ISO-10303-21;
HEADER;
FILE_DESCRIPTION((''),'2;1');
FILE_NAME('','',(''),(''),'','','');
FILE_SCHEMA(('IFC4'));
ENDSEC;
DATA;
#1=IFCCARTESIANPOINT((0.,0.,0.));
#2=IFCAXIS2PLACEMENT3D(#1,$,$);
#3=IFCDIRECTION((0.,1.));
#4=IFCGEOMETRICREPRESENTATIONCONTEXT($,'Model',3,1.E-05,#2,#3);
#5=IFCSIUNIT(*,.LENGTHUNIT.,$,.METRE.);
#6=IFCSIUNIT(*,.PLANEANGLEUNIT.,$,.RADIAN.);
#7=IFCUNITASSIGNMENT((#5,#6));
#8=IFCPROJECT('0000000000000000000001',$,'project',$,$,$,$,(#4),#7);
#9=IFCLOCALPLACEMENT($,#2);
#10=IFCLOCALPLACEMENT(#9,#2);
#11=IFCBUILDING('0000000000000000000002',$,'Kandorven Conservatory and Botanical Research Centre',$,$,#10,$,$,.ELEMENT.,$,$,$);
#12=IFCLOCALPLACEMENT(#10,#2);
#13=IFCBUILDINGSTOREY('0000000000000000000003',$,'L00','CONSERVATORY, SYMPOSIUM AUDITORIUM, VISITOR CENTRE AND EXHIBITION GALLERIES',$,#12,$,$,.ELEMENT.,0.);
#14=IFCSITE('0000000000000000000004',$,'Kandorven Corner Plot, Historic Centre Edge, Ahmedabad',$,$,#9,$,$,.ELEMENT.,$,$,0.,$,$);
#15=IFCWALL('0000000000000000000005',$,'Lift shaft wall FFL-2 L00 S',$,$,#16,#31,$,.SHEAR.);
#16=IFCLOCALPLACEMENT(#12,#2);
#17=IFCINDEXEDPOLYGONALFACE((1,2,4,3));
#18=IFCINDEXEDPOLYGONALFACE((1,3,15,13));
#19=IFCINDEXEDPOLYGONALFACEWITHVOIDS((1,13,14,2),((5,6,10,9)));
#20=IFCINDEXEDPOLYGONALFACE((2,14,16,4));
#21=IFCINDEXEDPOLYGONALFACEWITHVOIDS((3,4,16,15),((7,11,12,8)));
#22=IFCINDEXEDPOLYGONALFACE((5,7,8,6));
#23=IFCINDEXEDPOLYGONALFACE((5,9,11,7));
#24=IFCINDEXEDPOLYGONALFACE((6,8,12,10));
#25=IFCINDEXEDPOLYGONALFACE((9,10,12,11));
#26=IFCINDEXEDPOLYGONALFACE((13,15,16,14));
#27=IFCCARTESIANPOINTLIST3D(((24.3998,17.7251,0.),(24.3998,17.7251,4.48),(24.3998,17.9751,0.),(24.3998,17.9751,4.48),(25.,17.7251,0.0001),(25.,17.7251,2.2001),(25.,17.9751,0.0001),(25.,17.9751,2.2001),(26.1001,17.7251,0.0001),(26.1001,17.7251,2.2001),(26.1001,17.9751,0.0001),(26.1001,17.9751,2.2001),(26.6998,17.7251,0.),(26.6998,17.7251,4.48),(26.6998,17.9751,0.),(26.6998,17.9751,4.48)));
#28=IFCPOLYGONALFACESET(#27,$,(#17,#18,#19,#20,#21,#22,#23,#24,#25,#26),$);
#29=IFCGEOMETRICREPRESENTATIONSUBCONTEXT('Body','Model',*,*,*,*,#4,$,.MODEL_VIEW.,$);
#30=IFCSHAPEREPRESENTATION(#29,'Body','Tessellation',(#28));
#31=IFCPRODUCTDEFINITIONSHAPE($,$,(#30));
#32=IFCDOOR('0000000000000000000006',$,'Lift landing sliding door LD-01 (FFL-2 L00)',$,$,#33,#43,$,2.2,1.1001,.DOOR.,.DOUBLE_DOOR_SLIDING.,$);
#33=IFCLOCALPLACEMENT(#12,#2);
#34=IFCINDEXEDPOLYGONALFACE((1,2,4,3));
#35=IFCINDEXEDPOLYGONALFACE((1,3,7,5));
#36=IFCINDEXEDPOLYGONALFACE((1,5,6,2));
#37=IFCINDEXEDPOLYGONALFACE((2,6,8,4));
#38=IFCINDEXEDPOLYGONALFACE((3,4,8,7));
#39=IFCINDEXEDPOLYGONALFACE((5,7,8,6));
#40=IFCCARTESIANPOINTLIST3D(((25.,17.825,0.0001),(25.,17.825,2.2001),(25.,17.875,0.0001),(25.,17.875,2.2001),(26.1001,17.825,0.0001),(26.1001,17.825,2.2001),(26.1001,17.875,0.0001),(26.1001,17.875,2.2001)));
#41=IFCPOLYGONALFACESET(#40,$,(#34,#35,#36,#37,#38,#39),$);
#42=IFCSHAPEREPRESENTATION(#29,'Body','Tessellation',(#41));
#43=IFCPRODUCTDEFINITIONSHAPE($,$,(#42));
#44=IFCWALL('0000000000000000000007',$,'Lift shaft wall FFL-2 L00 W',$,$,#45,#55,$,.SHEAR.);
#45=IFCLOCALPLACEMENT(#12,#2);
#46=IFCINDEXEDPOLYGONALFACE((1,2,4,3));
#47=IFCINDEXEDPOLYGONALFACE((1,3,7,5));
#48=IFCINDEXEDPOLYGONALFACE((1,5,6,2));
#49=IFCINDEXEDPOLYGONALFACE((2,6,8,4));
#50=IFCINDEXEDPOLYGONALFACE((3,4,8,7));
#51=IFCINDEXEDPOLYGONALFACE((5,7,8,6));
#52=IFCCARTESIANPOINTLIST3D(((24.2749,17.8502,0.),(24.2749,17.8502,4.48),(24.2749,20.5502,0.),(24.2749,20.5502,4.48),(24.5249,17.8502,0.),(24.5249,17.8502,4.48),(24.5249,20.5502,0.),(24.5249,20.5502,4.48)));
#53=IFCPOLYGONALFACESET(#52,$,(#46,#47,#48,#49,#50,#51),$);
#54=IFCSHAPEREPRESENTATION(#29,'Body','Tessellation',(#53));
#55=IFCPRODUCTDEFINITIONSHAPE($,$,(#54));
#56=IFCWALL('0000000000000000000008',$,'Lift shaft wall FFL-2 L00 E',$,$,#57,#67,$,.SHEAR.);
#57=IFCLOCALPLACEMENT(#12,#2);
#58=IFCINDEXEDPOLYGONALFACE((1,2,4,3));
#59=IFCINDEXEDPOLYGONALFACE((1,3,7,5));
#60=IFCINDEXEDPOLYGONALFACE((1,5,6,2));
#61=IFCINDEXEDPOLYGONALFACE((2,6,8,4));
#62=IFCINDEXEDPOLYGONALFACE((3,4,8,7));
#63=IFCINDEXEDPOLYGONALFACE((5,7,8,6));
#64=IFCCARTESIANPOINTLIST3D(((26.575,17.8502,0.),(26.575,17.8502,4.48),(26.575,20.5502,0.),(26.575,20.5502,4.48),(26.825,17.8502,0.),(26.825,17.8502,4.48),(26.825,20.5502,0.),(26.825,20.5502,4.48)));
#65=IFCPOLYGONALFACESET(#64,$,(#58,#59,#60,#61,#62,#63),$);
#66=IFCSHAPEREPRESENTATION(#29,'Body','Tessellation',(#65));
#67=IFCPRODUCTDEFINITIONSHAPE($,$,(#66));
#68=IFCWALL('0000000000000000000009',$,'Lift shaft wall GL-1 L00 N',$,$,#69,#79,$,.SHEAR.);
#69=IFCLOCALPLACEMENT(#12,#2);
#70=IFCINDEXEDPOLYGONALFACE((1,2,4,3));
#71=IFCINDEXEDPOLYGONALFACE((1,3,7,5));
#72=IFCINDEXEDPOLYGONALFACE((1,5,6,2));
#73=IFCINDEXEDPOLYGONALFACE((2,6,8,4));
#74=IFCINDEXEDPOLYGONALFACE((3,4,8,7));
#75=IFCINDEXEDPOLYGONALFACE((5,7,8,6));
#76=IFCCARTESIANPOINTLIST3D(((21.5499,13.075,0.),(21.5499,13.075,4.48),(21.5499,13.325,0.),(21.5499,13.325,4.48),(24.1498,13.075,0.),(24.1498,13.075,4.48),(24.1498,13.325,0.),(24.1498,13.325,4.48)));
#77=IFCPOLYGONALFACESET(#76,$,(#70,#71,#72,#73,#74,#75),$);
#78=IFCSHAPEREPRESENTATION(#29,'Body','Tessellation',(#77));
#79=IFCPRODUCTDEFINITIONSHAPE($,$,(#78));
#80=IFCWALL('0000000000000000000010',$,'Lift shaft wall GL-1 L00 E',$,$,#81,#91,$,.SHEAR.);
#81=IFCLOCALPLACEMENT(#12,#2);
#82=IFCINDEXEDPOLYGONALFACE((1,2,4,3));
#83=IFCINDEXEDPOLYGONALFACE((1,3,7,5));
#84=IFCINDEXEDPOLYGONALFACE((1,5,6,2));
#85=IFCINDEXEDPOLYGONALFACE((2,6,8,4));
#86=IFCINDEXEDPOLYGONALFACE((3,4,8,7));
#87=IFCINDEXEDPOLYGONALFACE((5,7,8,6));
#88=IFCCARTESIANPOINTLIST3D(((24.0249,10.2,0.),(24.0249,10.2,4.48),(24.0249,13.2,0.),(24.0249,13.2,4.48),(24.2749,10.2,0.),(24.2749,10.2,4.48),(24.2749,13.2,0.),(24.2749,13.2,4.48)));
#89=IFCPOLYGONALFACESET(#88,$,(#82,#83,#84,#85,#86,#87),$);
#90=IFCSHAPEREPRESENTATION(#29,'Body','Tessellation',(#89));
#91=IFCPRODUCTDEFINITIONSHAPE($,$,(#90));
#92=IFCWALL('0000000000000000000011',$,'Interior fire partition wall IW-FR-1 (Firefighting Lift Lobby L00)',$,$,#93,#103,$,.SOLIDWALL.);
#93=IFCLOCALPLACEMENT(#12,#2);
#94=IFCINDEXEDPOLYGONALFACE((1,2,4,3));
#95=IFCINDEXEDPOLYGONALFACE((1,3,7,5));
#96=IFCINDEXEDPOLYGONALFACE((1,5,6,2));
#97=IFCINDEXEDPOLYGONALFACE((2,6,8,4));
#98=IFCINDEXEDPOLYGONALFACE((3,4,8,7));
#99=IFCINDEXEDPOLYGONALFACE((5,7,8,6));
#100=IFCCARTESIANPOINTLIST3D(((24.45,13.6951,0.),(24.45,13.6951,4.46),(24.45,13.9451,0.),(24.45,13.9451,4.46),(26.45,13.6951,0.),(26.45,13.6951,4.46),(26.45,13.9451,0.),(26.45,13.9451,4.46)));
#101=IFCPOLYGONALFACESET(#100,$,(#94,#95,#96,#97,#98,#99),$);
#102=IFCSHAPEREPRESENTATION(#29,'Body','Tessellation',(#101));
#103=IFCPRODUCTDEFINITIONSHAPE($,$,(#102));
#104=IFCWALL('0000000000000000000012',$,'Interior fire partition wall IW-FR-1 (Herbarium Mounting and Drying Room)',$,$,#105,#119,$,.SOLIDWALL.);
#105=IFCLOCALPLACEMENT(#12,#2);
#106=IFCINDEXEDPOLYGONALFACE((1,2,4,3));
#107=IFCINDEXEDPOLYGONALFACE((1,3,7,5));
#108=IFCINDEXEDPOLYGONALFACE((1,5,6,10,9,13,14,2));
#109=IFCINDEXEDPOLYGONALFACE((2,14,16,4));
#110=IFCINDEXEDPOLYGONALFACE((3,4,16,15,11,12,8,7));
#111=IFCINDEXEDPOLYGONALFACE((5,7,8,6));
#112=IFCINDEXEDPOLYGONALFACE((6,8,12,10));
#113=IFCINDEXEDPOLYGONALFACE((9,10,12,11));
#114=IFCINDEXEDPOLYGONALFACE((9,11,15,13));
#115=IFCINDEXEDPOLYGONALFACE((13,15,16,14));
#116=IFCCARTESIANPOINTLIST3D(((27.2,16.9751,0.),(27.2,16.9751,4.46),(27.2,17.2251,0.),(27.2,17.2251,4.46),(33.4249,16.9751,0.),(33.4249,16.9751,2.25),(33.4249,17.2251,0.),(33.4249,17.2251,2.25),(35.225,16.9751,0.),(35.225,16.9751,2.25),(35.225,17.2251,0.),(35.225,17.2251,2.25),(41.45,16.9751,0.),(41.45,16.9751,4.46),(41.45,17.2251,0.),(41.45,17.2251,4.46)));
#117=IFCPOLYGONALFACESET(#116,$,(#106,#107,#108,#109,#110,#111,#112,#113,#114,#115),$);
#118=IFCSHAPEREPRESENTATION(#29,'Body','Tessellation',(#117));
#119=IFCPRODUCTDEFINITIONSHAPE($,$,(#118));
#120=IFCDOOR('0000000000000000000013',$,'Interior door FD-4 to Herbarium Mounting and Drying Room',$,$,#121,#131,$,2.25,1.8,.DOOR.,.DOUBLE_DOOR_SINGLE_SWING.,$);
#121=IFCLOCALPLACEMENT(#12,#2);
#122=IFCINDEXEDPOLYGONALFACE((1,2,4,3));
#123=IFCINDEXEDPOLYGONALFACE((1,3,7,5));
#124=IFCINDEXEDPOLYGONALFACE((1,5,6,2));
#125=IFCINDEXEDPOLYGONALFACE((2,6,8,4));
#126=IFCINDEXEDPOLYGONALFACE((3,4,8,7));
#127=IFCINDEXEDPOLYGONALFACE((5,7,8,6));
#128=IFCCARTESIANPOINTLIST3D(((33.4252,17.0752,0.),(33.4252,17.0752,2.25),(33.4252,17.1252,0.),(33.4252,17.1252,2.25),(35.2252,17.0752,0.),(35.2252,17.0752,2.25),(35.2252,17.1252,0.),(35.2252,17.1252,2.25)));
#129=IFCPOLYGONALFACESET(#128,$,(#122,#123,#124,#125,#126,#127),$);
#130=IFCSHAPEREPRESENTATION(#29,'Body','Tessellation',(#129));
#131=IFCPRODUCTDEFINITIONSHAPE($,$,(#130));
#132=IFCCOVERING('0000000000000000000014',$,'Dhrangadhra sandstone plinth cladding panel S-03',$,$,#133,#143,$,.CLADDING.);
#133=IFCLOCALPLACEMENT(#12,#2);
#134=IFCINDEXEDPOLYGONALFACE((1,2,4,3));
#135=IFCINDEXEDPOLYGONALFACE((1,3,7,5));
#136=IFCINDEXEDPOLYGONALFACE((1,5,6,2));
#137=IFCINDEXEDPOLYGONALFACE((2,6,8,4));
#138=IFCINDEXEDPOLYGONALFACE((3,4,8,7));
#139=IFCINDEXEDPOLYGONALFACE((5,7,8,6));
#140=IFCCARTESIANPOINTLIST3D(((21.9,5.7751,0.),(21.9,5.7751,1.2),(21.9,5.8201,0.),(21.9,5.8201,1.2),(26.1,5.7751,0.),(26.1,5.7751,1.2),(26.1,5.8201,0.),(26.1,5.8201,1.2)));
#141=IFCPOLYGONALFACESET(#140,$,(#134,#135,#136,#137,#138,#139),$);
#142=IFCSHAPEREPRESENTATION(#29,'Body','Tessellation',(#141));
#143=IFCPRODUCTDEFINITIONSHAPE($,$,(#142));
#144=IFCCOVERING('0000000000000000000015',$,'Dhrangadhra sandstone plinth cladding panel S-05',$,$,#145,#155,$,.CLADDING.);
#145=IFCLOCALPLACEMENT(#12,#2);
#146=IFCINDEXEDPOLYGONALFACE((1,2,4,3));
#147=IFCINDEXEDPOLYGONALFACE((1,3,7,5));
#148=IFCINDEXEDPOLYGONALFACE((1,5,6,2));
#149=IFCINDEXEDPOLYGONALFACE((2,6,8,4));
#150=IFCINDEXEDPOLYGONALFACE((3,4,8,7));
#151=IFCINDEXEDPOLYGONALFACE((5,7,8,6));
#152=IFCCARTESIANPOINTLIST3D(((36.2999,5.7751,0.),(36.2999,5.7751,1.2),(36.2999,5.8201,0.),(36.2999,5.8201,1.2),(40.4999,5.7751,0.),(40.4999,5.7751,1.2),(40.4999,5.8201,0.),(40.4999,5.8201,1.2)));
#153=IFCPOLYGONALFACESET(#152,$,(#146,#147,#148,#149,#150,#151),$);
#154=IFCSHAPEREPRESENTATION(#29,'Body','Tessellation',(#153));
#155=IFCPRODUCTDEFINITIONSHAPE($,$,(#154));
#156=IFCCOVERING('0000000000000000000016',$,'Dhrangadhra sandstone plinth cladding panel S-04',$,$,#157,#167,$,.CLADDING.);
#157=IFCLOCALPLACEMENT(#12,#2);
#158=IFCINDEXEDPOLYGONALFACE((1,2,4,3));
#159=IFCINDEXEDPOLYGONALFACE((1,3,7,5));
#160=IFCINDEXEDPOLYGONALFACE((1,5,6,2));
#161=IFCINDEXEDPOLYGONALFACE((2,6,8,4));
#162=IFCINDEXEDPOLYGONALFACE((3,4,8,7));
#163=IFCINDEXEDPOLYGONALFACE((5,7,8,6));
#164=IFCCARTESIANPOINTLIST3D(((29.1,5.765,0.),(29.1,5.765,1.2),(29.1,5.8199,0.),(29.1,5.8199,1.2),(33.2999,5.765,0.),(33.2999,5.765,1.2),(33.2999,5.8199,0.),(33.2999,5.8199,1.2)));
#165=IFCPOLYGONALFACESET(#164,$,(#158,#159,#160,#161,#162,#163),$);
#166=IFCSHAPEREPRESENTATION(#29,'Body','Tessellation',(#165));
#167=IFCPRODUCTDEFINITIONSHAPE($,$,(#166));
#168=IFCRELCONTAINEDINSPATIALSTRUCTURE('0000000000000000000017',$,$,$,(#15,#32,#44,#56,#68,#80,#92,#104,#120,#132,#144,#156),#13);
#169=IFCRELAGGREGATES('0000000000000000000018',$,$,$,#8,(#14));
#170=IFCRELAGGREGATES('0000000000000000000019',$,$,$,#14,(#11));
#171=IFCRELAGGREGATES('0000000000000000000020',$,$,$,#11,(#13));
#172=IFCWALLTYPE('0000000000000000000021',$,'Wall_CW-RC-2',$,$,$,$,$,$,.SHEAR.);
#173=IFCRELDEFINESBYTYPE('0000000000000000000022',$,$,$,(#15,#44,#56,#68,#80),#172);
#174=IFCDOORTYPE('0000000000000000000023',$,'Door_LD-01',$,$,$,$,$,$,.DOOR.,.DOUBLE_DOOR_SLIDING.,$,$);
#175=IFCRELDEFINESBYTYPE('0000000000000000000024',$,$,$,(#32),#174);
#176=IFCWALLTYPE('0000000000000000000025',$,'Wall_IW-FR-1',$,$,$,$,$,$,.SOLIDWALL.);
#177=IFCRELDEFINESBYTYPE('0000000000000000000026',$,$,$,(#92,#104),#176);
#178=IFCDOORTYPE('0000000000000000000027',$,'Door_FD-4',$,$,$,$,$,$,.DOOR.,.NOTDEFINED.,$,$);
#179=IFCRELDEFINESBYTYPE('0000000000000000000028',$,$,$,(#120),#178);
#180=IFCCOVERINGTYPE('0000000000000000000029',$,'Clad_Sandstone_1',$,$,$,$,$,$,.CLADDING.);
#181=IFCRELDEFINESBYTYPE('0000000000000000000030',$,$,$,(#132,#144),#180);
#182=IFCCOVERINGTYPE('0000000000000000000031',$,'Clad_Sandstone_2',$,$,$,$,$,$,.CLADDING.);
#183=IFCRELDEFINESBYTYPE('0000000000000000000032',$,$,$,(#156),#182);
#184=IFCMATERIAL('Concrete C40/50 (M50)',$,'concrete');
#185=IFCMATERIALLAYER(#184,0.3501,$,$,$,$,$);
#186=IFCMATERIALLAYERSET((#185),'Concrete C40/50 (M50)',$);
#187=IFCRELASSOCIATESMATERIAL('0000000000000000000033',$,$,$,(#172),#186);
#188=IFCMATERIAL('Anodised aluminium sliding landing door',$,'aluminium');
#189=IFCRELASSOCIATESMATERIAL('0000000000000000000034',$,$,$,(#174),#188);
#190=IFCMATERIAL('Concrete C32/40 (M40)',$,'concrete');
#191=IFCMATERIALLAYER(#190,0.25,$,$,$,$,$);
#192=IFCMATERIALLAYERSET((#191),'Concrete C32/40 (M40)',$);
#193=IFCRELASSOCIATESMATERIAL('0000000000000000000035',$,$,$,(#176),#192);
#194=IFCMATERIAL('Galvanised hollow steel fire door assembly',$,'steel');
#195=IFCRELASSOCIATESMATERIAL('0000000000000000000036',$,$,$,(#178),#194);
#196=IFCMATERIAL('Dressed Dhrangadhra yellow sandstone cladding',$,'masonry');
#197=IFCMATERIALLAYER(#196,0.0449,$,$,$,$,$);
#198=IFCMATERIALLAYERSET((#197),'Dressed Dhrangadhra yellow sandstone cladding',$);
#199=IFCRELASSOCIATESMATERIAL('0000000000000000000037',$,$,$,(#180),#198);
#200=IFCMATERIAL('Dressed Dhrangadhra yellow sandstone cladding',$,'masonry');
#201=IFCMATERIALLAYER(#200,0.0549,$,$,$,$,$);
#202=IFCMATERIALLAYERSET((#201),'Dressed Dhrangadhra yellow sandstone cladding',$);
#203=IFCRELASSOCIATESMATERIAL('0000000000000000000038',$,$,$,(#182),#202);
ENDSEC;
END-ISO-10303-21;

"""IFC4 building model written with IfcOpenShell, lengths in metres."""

from ifc_helpers import new_model, si_unit, direction, frame, frame_2d, origin, origin_2d, place, context, subcontext, project, spatial, rectangle, extrude, material, layer, layer_set, type_object, element, fill, save


model = new_model("IFC4")

# Units and contexts
model_context = context("Model", 3, precision=1e-05, world=origin(), true_north=direction((0.0, 1.0)))
body_context = subcontext(model_context, "Body", "Model", "MODEL_VIEW")
ifc_project = project(units=[si_unit("LENGTHUNIT", "METRE"), si_unit("PLANEANGLEUNIT", "RADIAN")], contexts=[model_context])

# Site, building, storey
site_placement = place(None, origin())
site = spatial("IfcSite", under=ifc_project, at=site_placement, Name="Kandorven Corner Plot, Historic Centre Edge, Ahmedabad", CompositionType="ELEMENT", RefElevation=0.0)
building_placement = place(site_placement, origin())
building = spatial("IfcBuilding", under=site, at=building_placement, Name="Kandorven Conservatory and Botanical Research Centre", CompositionType="ELEMENT")
storey_placement = place(building_placement, origin())
storey = spatial("IfcBuildingStorey", under=building, at=storey_placement, Name="L00", Description="CONSERVATORY, SYMPOSIUM AUDITORIUM, VISITOR CENTRE AND EXHIBITION GALLERIES", CompositionType="ELEMENT", Elevation=0.0)

# Shared definitions
ifc_material_1 = material(Name="Concrete C40/50 (M50)", Category="concrete")
ifc_layer_1 = layer(ifc_material_1, 0.3501)
ifc_layer_set_1 = layer_set([ifc_layer_1], Name="Concrete C40/50 (M50)")
wall_type_1 = type_object("IfcWallType", Name="Wall_CW-RC-2", PredefinedType="SHEAR", material=ifc_layer_set_1)

# Shared definitions
ifc_material_2 = material(Name="Anodised aluminium sliding landing door", Category="aluminium")
door_type_1 = type_object("IfcDoorType", Name="Door_LD-01", OperationType="DOUBLE_DOOR_SLIDING", PredefinedType="DOOR", material=ifc_material_2)

# Wall, opening, door
wall_1_placement = place(storey_placement, frame((24.3999, 17.8501, 0.0), z_axis=(0.0, 0.0, 1.0), x_axis=(1.0, 0.0, 0.0)))
wall_1 = element("IfcWall", 1, at=wall_1_placement, inside=storey, type_object=wall_type_1, Name="Lift shaft wall FFL-2 L00 S", PredefinedType="SHEAR", context=body_context, shape_type="SweptSolid", body=[
    extrude(rectangle(XDim=2.3, YDim=0.25, at=frame_2d((1.1499, 0.0))), origin(), (0.0, 0.0, 1.0), 4.48),
])
opening_1_placement = place(wall_1_placement, frame((0.6001, 0.0, 0.0)))
opening_1 = element("IfcOpeningElement", 2, at=opening_1_placement, cuts=wall_1, PredefinedType="OPENING", context=body_context, shape_type="SweptSolid", body=[
    extrude(rectangle(XDim=1.1001, YDim=2.2, at=frame_2d((0.55, 1.1001))), frame((0.0, 0.135, 0.0), z_axis=(0.0, -1.0, 0.0), x_axis=(1.0, 0.0, 0.0)), (0.0, 0.0, 1.0), 0.27),
])
door_1_placement = place(opening_1_placement, origin())
door_1 = element("IfcDoor", 3, at=door_1_placement, inside=storey, type_object=door_type_1, Name="Lift landing sliding door LD-01 (FFL-2 L00)", OperationType="DOUBLE_DOOR_SLIDING", OverallHeight=2.2, OverallWidth=1.1001, PredefinedType="DOOR", context=body_context, shape_type="SweptSolid", body=[
    extrude(rectangle(XDim=1.1001, YDim=2.2, at=frame_2d((0.55, 1.1001))), frame((0.0, 0.0249, 0.0), z_axis=(0.0, -1.0, 0.0), x_axis=(1.0, 0.0, 0.0)), (0.0, 0.0, 1.0), 0.05),
])
fill(opening_1, door_1)

# Walls
for number, where, z_axis, x_axis, name in (
    (4, (24.3999, 17.8501, 0.0), (0.0, 0.0, 1.0), (0.0, 1.0, 0.0), "Lift shaft wall FFL-2 L00 W"),
    (5, (26.7, 17.8501, 0.0), (0.0, 0.0, 1.0), (0.0, 1.0, 0.0), "Lift shaft wall FFL-2 L00 E"),
):
    element("IfcWall", number, at=place(storey_placement, frame(where, z_axis=z_axis, x_axis=x_axis)), inside=storey, type_object=wall_type_1, Name=name, PredefinedType="SHEAR", context=body_context, shape_type="SweptSolid", body=[
        extrude(rectangle(XDim=2.7, YDim=0.25, at=frame_2d((1.3501, 0.0))), origin(), (0.0, 0.0, 1.0), 4.48),
    ])
wall_2_placement = place(storey_placement, frame((21.55, 13.2, 0.0), z_axis=(0.0, 0.0, 1.0), x_axis=(1.0, 0.0, 0.0)))
element("IfcWall", 6, at=wall_2_placement, inside=storey, type_object=wall_type_1, Name="Lift shaft wall GL-1 L00 N", PredefinedType="SHEAR", context=body_context, shape_type="SweptSolid", body=[
    extrude(rectangle(XDim=2.5999, YDim=0.25, at=frame_2d((1.2998, 0.0))), origin(), (0.0, 0.0, 1.0), 4.48),
])
wall_3_placement = place(storey_placement, frame((24.1499, 10.2, 0.0), z_axis=(0.0, 0.0, 1.0), x_axis=(0.0, 1.0, 0.0)))
element("IfcWall", 7, at=wall_3_placement, inside=storey, type_object=wall_type_1, Name="Lift shaft wall GL-1 L00 E", PredefinedType="SHEAR", context=body_context, shape_type="SweptSolid", body=[
    extrude(rectangle(XDim=3.0, YDim=0.25, at=frame_2d((1.5, 0.0))), origin(), (0.0, 0.0, 1.0), 4.48),
])

# Wall
ifc_material_3 = material(Name="Concrete C32/40 (M40)", Category="concrete")
ifc_layer_2 = layer(ifc_material_3, 0.25)
ifc_layer_set_2 = layer_set([ifc_layer_2], Name="Concrete C32/40 (M40)")
wall_type_2 = type_object("IfcWallType", Name="Wall_IW-FR-1", PredefinedType="SOLIDWALL", material=ifc_layer_set_2)
wall_4_placement = place(storey_placement, frame((24.45, 13.8201, 0.0), z_axis=(0.0, 0.0, 1.0), x_axis=(1.0, 0.0, 0.0)))
element("IfcWall", 8, at=wall_4_placement, inside=storey, type_object=wall_type_2, Name="Interior fire partition wall IW-FR-1 (Firefighting Lift Lobby L00)", PredefinedType="SOLIDWALL", context=body_context, shape_type="SweptSolid", body=[
    extrude(rectangle(XDim=2.0, YDim=0.25, at=frame_2d((1.0, 0.0))), origin(), (0.0, 0.0, 1.0), 4.46),
])

# Wall, opening, door
wall_5_placement = place(storey_placement, frame((27.2, 17.1001, 0.0), z_axis=(0.0, 0.0, 1.0), x_axis=(1.0, 0.0, 0.0)))
wall_5 = element("IfcWall", 9, at=wall_5_placement, inside=storey, type_object=wall_type_2, Name="Interior fire partition wall IW-FR-1 (Herbarium Mounting and Drying Room)", PredefinedType="SOLIDWALL", context=body_context, shape_type="SweptSolid", body=[
    extrude(rectangle(XDim=14.25, YDim=0.25, at=frame_2d((7.125, 0.0))), origin(), (0.0, 0.0, 1.0), 4.46),
])
opening_2_placement = place(wall_5_placement, frame((6.2251, 0.0, 0.0)))
opening_2 = element("IfcOpeningElement", 10, at=opening_2_placement, cuts=wall_5, PredefinedType="OPENING", context=body_context, shape_type="SweptSolid", body=[
    extrude(rectangle(XDim=1.8, YDim=2.25, at=frame_2d((0.8999, 1.125))), frame((0.0, 0.135, 0.0), z_axis=(0.0, -1.0, 0.0), x_axis=(1.0, 0.0, 0.0)), (0.0, 0.0, 1.0), 0.27),
])
ifc_material_4 = material(Name="Galvanised hollow steel fire door assembly", Category="steel")
door_type_2 = type_object("IfcDoorType", Name="Door_FD-4", OperationType="NOTDEFINED", PredefinedType="DOOR", material=ifc_material_4)
door_2_placement = place(opening_2_placement, frame((1.8, 0.0, 0.0), z_axis=(0.0, 0.0, 1.0), x_axis=(-1.0, 0.0, 0.0)))
door_2 = element("IfcDoor", 11, at=door_2_placement, inside=storey, type_object=door_type_2, Name="Interior door FD-4 to Herbarium Mounting and Drying Room", OperationType="DOUBLE_DOOR_SINGLE_SWING", OverallHeight=2.25, OverallWidth=1.8, PredefinedType="DOOR", context=body_context, shape_type="SweptSolid", body=[
    extrude(rectangle(XDim=1.8, YDim=2.25, at=frame_2d((0.8999, 1.125))), frame((0.0, 0.0249, 0.0), z_axis=(0.0, -1.0, 0.0), x_axis=(1.0, 0.0, 0.0)), (0.0, 0.0, 1.0), 0.05),
])
fill(opening_2, door_2)

# Coverings
ifc_material_5 = material(Name="Dressed Dhrangadhra yellow sandstone cladding", Category="masonry")
ifc_layer_3 = layer(ifc_material_5, 0.0449)
ifc_layer_set_3 = layer_set([ifc_layer_3], Name="Dressed Dhrangadhra yellow sandstone cladding")
covering_type_1 = type_object("IfcCoveringType", Name="Clad_Sandstone_1", PredefinedType="CLADDING", material=ifc_layer_set_3)
for number, where, z_axis, x_axis, name in (
    (12, (24.0, 5.7976, 0.0), (0.0, 0.0, 1.0), (1.0, 0.0, 0.0), "Dhrangadhra sandstone plinth cladding panel S-03"),
    (13, (38.3999, 5.7976, 0.0), (0.0, 0.0, 1.0), (1.0, 0.0, 0.0), "Dhrangadhra sandstone plinth cladding panel S-05"),
):
    element("IfcCovering", number, at=place(storey_placement, frame(where, z_axis=z_axis, x_axis=x_axis)), inside=storey, type_object=covering_type_1, Name=name, PredefinedType="CLADDING", context=body_context, shape_type="SweptSolid", body=[
        extrude(rectangle(XDim=4.2, YDim=0.0449, at=origin_2d()), origin(), (0.0, 0.0, 1.0), 1.2),
    ])
ifc_material_6 = material(Name="Dressed Dhrangadhra yellow sandstone cladding", Category="masonry")
ifc_layer_4 = layer(ifc_material_6, 0.0549)
ifc_layer_set_4 = layer_set([ifc_layer_4], Name="Dressed Dhrangadhra yellow sandstone cladding")
covering_type_2 = type_object("IfcCoveringType", Name="Clad_Sandstone_2", PredefinedType="CLADDING", material=ifc_layer_set_4)
covering_placement = place(storey_placement, frame((31.2, 5.7925, 0.0), z_axis=(0.0, 0.0, 1.0), x_axis=(1.0, 0.0, 0.0)))
element("IfcCovering", 14, at=covering_placement, inside=storey, type_object=covering_type_2, Name="Dhrangadhra sandstone plinth cladding panel S-04", PredefinedType="CLADDING", context=body_context, shape_type="SweptSolid", body=[
    extrude(rectangle(XDim=4.2, YDim=0.0549, at=origin_2d()), origin(), (0.0, 0.0, 1.0), 1.2),
])

save(model, "model.ifc")
